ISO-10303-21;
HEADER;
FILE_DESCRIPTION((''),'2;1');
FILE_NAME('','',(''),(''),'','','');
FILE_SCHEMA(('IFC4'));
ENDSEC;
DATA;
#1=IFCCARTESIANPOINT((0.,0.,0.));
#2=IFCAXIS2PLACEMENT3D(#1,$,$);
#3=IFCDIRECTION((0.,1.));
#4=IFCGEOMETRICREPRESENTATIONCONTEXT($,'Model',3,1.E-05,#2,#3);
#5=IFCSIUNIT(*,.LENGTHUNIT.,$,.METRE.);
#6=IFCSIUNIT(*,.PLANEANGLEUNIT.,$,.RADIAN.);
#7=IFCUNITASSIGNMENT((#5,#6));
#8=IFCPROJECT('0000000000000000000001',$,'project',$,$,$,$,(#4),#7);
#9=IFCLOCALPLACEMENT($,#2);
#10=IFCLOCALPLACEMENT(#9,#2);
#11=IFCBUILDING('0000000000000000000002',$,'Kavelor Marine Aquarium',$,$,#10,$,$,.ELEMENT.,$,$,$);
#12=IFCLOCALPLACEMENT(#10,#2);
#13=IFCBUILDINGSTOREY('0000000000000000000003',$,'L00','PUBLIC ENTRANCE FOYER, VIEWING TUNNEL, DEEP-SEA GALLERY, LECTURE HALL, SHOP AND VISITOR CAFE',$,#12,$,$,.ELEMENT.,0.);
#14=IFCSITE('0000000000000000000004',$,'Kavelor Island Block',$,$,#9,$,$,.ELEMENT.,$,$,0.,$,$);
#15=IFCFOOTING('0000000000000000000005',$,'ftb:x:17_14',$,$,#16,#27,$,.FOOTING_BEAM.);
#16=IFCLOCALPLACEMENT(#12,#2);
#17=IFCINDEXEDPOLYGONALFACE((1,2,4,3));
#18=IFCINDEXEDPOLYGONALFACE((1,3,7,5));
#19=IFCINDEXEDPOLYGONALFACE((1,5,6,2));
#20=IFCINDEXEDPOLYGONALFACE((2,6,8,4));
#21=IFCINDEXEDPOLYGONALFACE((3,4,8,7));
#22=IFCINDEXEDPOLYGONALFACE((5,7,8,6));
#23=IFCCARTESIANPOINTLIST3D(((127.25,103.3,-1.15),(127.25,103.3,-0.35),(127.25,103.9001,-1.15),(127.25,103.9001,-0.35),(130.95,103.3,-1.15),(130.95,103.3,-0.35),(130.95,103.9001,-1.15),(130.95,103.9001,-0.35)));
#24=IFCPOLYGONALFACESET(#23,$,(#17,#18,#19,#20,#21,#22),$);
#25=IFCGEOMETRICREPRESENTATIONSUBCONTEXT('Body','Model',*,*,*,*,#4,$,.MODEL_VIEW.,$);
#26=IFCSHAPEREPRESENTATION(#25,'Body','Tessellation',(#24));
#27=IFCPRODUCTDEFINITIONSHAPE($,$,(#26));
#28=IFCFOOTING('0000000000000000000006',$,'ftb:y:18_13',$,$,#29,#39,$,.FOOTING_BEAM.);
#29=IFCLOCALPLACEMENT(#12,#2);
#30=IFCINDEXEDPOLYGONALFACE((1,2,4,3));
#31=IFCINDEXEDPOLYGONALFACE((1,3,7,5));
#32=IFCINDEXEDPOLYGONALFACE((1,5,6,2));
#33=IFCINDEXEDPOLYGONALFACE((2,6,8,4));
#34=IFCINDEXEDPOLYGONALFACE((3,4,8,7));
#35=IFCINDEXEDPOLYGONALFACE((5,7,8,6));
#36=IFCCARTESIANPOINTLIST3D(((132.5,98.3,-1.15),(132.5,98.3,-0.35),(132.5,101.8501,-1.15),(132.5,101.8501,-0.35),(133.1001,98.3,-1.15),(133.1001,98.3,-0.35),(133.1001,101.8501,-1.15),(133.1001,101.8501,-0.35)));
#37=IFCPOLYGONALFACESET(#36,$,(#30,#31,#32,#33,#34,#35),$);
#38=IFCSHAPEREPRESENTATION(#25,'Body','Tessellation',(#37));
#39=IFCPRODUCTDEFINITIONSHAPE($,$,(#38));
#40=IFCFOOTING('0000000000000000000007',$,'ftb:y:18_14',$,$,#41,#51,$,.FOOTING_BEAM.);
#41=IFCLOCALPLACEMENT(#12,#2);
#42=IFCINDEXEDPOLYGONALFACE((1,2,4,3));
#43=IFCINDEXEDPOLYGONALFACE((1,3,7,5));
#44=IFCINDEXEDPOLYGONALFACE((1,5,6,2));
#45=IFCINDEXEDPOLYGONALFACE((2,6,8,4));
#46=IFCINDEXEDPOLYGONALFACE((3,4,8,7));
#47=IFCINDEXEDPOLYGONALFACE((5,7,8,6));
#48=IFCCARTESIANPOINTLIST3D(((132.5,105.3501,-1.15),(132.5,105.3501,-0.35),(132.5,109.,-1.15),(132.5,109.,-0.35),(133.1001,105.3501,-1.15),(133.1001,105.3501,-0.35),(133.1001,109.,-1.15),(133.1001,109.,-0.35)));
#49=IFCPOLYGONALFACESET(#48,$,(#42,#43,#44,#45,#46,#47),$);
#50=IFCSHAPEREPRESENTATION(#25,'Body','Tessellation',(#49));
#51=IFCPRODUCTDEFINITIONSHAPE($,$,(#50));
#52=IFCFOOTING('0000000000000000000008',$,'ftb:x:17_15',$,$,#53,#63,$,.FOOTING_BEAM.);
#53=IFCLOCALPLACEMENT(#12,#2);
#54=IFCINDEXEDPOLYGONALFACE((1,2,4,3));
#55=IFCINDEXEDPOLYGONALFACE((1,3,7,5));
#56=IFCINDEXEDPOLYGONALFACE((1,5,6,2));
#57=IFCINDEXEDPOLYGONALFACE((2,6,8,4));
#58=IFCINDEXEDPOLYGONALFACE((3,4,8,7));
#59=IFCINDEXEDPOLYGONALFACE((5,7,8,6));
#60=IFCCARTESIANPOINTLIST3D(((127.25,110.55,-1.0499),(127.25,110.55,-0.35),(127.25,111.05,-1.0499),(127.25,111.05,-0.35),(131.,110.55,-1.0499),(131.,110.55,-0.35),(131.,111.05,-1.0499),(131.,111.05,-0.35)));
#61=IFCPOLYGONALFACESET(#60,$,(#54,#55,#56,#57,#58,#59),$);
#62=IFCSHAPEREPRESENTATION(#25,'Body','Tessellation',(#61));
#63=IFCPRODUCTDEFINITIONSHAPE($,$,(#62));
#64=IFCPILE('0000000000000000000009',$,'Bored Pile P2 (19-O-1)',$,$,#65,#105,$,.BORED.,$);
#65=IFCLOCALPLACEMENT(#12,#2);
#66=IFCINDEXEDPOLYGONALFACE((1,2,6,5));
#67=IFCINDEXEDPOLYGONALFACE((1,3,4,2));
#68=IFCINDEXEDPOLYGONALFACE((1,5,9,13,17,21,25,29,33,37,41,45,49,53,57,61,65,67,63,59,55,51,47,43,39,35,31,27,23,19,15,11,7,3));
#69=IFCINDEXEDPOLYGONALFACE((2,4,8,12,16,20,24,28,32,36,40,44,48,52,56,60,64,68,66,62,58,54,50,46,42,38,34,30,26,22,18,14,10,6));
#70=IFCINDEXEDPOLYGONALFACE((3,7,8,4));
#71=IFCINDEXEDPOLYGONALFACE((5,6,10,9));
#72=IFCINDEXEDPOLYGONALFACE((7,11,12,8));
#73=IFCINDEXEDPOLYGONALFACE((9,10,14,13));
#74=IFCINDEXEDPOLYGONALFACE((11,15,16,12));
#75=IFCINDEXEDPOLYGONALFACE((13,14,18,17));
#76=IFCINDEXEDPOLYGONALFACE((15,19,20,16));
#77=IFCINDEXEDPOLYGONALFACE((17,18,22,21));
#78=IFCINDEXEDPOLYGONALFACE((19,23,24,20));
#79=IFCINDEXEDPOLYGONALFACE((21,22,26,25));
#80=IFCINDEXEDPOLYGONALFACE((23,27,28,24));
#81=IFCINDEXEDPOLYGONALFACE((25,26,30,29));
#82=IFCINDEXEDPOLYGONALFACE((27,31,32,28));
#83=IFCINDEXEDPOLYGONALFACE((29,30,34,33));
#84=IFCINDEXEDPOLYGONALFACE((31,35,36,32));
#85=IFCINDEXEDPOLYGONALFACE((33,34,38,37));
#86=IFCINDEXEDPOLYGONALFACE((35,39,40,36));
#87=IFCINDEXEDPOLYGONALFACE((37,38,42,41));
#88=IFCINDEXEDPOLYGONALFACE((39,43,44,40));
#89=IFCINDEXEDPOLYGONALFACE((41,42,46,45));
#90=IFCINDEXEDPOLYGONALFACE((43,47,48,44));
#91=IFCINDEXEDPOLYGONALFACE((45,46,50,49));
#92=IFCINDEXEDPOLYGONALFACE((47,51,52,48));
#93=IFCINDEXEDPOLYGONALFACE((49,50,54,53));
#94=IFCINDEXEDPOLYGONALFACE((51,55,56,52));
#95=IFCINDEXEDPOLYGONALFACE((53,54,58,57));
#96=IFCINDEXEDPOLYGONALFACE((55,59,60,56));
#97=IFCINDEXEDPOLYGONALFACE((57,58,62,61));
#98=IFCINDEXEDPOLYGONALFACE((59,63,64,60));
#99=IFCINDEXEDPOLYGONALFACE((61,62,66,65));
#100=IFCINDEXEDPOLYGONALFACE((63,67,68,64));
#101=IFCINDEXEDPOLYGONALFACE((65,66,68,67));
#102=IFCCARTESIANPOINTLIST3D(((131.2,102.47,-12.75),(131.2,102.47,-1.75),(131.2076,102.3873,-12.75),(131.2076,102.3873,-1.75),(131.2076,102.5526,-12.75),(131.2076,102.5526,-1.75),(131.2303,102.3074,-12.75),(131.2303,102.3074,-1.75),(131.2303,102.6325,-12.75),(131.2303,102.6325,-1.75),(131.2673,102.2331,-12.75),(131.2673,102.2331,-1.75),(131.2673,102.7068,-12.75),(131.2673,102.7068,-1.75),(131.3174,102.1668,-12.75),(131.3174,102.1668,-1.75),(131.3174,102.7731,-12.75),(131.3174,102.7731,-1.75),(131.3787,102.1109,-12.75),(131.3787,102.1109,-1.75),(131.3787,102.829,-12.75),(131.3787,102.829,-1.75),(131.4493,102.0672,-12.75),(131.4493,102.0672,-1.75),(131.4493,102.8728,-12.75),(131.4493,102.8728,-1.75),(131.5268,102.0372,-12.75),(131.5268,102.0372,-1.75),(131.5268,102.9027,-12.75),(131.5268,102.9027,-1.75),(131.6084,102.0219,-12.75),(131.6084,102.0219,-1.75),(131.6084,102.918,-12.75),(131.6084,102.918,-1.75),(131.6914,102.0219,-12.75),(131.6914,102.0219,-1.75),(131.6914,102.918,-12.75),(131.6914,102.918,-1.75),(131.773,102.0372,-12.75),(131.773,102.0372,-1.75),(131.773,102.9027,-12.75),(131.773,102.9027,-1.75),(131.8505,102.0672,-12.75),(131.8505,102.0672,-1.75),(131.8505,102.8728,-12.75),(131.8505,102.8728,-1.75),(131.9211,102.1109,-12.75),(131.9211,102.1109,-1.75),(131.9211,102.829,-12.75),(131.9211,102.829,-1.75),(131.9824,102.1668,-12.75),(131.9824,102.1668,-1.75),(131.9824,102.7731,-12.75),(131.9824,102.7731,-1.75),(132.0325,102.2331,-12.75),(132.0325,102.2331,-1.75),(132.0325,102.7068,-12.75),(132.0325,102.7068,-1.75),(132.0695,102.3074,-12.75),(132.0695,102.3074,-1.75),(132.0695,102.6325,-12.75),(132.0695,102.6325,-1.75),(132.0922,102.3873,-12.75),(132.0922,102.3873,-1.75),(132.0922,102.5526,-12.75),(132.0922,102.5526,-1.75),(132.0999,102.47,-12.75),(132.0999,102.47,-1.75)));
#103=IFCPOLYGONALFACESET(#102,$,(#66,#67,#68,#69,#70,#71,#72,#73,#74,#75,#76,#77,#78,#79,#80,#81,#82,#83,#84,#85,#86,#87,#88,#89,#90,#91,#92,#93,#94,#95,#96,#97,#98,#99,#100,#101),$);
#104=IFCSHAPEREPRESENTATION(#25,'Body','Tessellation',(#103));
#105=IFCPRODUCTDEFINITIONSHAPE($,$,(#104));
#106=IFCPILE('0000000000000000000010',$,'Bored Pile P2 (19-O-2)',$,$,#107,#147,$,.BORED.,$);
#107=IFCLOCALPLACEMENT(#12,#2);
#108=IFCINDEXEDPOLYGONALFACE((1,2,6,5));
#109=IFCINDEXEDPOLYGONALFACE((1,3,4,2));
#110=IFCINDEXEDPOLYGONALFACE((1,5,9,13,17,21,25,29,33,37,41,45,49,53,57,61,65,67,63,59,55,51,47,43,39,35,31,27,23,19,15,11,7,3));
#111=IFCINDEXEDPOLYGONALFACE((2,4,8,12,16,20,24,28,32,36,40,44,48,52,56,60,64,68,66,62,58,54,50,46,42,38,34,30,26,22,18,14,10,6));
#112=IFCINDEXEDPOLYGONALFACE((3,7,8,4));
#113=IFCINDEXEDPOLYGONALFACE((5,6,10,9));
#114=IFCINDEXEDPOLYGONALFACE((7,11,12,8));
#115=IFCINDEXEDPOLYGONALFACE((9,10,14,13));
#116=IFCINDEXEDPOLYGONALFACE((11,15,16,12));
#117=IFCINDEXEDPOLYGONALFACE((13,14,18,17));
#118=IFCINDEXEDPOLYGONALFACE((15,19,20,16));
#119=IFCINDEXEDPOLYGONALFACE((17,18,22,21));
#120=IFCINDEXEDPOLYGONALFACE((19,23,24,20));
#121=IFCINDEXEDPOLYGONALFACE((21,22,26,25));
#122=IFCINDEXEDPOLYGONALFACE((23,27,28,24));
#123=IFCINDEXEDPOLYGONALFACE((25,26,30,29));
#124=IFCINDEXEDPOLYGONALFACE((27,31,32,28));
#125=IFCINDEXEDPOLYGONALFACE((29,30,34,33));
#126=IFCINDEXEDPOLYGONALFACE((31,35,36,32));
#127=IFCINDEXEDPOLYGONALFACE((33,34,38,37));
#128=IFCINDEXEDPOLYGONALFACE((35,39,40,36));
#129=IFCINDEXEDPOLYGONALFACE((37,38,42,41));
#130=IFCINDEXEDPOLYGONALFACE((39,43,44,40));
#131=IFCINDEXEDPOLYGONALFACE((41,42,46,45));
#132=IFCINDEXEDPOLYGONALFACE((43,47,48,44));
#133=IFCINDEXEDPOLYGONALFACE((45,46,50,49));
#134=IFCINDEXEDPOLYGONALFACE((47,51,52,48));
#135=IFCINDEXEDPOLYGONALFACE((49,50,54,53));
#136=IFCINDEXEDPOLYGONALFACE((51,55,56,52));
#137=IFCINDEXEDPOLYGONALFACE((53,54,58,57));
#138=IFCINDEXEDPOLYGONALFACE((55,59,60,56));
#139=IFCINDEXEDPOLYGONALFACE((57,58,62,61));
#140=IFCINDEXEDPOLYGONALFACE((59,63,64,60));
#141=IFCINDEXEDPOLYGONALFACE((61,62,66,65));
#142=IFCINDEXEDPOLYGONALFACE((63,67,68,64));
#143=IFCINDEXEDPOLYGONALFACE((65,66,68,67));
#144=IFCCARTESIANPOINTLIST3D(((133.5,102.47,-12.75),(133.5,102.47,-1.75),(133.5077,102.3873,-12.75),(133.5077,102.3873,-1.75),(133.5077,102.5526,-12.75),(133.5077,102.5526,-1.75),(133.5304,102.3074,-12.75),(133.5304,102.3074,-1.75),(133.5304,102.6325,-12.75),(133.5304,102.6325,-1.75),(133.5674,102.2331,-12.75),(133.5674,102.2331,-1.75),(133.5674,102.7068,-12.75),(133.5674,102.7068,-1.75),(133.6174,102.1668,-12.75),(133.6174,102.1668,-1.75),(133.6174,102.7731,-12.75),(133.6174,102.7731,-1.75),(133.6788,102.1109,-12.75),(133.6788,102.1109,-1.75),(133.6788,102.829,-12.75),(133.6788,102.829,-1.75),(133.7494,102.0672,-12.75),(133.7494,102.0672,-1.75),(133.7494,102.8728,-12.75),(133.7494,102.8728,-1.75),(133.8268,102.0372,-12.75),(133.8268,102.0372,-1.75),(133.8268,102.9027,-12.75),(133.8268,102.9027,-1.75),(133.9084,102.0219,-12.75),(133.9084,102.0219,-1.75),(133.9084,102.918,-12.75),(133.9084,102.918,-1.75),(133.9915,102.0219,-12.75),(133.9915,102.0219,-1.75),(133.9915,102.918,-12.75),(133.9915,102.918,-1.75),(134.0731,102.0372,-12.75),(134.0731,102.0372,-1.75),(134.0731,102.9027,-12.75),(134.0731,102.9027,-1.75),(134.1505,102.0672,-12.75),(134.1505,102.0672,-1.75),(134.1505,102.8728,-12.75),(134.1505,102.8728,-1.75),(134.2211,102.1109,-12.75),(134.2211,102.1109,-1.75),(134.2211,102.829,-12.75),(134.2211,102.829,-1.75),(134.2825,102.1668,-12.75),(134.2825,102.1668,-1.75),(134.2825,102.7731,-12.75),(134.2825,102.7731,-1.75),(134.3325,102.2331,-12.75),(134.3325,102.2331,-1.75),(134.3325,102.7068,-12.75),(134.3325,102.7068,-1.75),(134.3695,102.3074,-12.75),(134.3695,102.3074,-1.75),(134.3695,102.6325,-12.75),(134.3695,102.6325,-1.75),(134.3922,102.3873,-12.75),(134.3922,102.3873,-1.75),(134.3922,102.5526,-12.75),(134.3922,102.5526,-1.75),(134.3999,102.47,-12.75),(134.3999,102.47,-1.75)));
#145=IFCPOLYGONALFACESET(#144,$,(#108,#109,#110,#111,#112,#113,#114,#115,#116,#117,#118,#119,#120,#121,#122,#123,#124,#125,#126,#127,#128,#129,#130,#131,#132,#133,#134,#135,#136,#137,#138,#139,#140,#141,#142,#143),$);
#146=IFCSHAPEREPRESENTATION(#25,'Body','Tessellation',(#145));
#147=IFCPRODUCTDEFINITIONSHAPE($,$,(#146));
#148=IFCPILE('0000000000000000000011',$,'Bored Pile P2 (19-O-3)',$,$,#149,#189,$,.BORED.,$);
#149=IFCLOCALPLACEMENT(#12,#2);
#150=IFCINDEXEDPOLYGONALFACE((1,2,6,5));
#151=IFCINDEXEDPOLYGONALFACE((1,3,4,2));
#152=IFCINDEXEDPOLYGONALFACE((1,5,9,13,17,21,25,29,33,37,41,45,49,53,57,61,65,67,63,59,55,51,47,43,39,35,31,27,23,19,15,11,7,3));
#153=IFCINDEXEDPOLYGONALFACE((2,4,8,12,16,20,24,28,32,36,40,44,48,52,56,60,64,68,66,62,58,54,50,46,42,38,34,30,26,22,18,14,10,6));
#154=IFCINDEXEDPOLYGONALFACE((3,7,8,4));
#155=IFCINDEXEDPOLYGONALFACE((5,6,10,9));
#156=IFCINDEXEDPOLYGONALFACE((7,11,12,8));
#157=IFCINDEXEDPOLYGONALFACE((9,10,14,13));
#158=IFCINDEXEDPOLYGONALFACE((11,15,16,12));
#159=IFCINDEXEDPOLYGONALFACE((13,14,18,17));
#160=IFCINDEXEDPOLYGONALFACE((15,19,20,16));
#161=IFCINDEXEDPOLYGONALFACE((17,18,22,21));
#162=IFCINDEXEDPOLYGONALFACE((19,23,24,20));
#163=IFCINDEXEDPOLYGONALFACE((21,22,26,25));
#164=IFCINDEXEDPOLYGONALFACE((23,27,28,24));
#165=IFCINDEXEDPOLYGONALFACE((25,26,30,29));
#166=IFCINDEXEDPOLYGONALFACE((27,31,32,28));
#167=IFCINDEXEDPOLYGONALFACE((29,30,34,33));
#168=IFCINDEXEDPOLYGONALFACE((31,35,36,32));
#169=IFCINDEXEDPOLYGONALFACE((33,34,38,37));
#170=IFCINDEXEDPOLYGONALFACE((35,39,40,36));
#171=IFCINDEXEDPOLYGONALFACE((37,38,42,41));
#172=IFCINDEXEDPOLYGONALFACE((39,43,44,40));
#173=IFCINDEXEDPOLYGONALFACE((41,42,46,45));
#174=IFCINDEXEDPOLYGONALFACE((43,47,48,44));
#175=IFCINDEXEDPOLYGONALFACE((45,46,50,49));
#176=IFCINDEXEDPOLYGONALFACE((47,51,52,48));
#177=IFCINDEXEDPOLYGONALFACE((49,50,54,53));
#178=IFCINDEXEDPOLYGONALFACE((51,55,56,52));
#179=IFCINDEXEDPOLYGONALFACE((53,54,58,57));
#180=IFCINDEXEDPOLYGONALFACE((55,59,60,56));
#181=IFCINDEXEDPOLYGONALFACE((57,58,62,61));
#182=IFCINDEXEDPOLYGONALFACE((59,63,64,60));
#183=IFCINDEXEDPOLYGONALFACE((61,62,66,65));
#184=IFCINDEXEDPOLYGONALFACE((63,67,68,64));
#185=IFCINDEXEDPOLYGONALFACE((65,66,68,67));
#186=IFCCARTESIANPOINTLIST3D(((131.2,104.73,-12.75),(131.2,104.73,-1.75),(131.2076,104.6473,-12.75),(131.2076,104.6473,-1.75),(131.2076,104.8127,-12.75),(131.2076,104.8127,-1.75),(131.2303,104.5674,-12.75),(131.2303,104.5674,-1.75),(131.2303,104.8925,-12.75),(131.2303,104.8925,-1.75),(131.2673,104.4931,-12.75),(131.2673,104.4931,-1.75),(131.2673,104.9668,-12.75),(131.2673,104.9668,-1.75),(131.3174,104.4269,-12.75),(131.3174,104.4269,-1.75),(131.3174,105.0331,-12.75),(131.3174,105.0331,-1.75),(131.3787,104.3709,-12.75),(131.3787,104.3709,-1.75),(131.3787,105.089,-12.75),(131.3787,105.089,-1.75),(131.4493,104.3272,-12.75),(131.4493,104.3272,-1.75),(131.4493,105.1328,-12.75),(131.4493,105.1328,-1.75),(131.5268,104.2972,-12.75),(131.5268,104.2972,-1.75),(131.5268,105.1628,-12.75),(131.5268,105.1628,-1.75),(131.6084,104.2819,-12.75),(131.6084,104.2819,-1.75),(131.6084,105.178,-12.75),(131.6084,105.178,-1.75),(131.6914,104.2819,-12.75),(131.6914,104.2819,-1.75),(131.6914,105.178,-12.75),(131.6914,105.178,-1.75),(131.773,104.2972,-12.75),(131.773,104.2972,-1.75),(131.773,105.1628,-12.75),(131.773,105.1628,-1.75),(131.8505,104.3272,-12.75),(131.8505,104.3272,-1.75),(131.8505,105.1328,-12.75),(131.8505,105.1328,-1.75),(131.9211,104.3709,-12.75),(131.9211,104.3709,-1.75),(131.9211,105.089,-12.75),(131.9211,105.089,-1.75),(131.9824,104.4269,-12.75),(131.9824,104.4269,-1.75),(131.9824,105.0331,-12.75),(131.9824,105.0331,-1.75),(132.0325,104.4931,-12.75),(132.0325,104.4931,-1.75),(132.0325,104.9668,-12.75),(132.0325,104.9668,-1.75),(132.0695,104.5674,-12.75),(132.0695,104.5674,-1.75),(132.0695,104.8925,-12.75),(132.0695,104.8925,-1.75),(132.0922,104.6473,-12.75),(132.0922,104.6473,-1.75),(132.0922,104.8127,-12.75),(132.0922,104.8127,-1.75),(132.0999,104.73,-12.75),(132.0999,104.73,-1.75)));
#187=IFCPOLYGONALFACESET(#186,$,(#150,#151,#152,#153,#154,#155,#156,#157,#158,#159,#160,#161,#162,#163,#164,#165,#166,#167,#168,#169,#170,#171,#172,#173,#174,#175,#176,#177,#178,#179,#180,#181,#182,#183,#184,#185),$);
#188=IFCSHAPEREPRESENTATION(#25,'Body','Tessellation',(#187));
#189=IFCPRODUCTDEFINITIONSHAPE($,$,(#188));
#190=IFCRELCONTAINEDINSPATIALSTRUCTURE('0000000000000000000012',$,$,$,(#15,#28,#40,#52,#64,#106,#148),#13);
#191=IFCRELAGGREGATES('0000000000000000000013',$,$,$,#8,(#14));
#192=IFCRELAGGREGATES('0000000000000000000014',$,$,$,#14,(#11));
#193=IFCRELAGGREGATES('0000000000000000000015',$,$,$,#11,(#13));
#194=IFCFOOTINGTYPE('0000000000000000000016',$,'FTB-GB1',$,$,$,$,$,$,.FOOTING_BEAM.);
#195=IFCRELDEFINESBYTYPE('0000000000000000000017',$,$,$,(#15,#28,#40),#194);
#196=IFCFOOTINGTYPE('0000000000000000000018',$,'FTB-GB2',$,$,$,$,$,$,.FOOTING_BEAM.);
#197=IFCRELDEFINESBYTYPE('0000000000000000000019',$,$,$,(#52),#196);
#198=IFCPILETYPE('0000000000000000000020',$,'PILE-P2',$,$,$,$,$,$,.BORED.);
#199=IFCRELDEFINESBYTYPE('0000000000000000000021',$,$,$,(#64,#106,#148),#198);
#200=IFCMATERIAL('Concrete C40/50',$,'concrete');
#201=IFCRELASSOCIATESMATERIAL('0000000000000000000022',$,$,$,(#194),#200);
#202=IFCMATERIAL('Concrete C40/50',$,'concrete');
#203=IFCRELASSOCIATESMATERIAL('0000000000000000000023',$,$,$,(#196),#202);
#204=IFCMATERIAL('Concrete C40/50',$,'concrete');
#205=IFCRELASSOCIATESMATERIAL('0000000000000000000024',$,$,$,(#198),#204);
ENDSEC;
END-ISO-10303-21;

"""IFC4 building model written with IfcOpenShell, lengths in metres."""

from ifc_helpers import new_model, si_unit, direction, frame, origin, origin_2d, place, context, subcontext, project, spatial, rectangle, circle, extrude, material, material_profile, profile_set, type_object, element, save


model = new_model("IFC4")

# Units and contexts
model_context = context("Model", 3, precision=1e-05, world=origin(), true_north=direction((0.0, 1.0)))
body_context = subcontext(model_context, "Body", "Model", "MODEL_VIEW")
ifc_project = project(units=[si_unit("LENGTHUNIT", "METRE"), si_unit("PLANEANGLEUNIT", "RADIAN")], contexts=[model_context])

# Site, building, storey
site_placement = place(None, origin())
site = spatial("IfcSite", under=ifc_project, at=site_placement, Name="Kavelor Island Block", CompositionType="ELEMENT", RefElevation=0.0)
building_placement = place(site_placement, origin())
building = spatial("IfcBuilding", under=site, at=building_placement, Name="Kavelor Marine Aquarium", CompositionType="ELEMENT")
storey_placement = place(building_placement, origin())
storey = spatial("IfcBuildingStorey", under=building, at=storey_placement, Name="L00", Description="PUBLIC ENTRANCE FOYER, VIEWING TUNNEL, DEEP-SEA GALLERY, LECTURE HALL, SHOP AND VISITOR CAFE", CompositionType="ELEMENT", Elevation=0.0)

# Footings
ifc_material_1 = material(Name="Concrete C40/50", Category="concrete")
ifc_material_profile_1 = material_profile(ifc_material_1, rectangle(XDim=0.6001, YDim=0.8, at=origin_2d()), Name="GB 600x800")
ifc_profile_set_1 = profile_set([ifc_material_profile_1], Name="Concrete C40/50")
footing_type_1 = type_object("IfcFootingType", Name="FTB-GB1", PredefinedType="FOOTING_BEAM", material=ifc_profile_set_1)
footing_1_placement = place(storey_placement, frame((127.25, 103.6001, -0.75), z_axis=(1.0, 0.0, 0.0), x_axis=(0.0, 1.0, 0.0)))
element("IfcFooting", 1, at=footing_1_placement, inside=storey, type_object=footing_type_1, Name="ftb:x:17_14", PredefinedType="FOOTING_BEAM", context=body_context, shape_type="SweptSolid", body=[
    extrude(rectangle(XDim=0.6001, YDim=0.8, at=origin_2d()), origin(), (0.0, 0.0, 1.0), 3.7),
])
footing_2_placement = place(storey_placement, frame((132.8, 98.3, -0.75), z_axis=(0.0, 1.0, 0.0), x_axis=(-1.0, 0.0, 0.0)))
element("IfcFooting", 2, at=footing_2_placement, inside=storey, type_object=footing_type_1, Name="ftb:y:18_13", PredefinedType="FOOTING_BEAM", context=body_context, shape_type="SweptSolid", body=[
    extrude(rectangle(XDim=0.6001, YDim=0.8, at=origin_2d()), origin(), (0.0, 0.0, 1.0), 3.55),
])
footing_3_placement = place(storey_placement, frame((132.8, 105.3501, -0.75), z_axis=(0.0, 1.0, 0.0), x_axis=(-1.0, 0.0, 0.0)))
element("IfcFooting", 3, at=footing_3_placement, inside=storey, type_object=footing_type_1, Name="ftb:y:18_14", PredefinedType="FOOTING_BEAM", context=body_context, shape_type="SweptSolid", body=[
    extrude(rectangle(XDim=0.6001, YDim=0.8, at=origin_2d()), origin(), (0.0, 0.0, 1.0), 3.6499),
])
ifc_material_2 = material(Name="Concrete C40/50", Category="concrete")
ifc_material_profile_2 = material_profile(ifc_material_2, rectangle(XDim=0.5, YDim=0.7, at=origin_2d()), Name="GB 500x700")
ifc_profile_set_2 = profile_set([ifc_material_profile_2], Name="Concrete C40/50")
footing_type_2 = type_object("IfcFootingType", Name="FTB-GB2", PredefinedType="FOOTING_BEAM", material=ifc_profile_set_2)
footing_4_placement = place(storey_placement, frame((127.25, 110.8, -0.7), z_axis=(1.0, 0.0, 0.0), x_axis=(0.0, 1.0, 0.0)))
element("IfcFooting", 4, at=footing_4_placement, inside=storey, type_object=footing_type_2, Name="ftb:x:17_15", PredefinedType="FOOTING_BEAM", context=body_context, shape_type="SweptSolid", body=[
    extrude(rectangle(XDim=0.5, YDim=0.7, at=origin_2d()), origin(), (0.0, 0.0, 1.0), 3.75),
])

# Piles
ifc_material_3 = material(Name="Concrete C40/50", Category="concrete")
ifc_material_profile_3 = material_profile(ifc_material_3, circle(Radius=0.45, at=origin_2d()), Name="PILE D900")
ifc_profile_set_3 = profile_set([ifc_material_profile_3], Name="Concrete C40/50")
pile_type_1 = type_object("IfcPileType", Name="PILE-P2", PredefinedType="BORED", material=ifc_profile_set_3)
for number, where, z_axis, x_axis, name in (
    (5, (131.6499, 102.47, -1.75), (0.0, 0.0, -1.0), (1.0, 0.0, 0.0), "Bored Pile P2 (19-O-1)"),
    (6, (133.95, 102.47, -1.75), (0.0, 0.0, -1.0), (1.0, 0.0, 0.0), "Bored Pile P2 (19-O-2)"),
    (7, (131.6499, 104.73, -1.75), (0.0, 0.0, -1.0), (1.0, 0.0, 0.0), "Bored Pile P2 (19-O-3)"),
):
    element("IfcPile", number, at=place(storey_placement, frame(where, z_axis=z_axis, x_axis=x_axis)), inside=storey, type_object=pile_type_1, Name=name, PredefinedType="BORED", context=body_context, shape_type="SweptSolid", body=[
        extrude(circle(Radius=0.45, at=origin_2d()), origin(), (0.0, 0.0, 1.0), 11.0),
    ])

save(model, "model.ifc")
